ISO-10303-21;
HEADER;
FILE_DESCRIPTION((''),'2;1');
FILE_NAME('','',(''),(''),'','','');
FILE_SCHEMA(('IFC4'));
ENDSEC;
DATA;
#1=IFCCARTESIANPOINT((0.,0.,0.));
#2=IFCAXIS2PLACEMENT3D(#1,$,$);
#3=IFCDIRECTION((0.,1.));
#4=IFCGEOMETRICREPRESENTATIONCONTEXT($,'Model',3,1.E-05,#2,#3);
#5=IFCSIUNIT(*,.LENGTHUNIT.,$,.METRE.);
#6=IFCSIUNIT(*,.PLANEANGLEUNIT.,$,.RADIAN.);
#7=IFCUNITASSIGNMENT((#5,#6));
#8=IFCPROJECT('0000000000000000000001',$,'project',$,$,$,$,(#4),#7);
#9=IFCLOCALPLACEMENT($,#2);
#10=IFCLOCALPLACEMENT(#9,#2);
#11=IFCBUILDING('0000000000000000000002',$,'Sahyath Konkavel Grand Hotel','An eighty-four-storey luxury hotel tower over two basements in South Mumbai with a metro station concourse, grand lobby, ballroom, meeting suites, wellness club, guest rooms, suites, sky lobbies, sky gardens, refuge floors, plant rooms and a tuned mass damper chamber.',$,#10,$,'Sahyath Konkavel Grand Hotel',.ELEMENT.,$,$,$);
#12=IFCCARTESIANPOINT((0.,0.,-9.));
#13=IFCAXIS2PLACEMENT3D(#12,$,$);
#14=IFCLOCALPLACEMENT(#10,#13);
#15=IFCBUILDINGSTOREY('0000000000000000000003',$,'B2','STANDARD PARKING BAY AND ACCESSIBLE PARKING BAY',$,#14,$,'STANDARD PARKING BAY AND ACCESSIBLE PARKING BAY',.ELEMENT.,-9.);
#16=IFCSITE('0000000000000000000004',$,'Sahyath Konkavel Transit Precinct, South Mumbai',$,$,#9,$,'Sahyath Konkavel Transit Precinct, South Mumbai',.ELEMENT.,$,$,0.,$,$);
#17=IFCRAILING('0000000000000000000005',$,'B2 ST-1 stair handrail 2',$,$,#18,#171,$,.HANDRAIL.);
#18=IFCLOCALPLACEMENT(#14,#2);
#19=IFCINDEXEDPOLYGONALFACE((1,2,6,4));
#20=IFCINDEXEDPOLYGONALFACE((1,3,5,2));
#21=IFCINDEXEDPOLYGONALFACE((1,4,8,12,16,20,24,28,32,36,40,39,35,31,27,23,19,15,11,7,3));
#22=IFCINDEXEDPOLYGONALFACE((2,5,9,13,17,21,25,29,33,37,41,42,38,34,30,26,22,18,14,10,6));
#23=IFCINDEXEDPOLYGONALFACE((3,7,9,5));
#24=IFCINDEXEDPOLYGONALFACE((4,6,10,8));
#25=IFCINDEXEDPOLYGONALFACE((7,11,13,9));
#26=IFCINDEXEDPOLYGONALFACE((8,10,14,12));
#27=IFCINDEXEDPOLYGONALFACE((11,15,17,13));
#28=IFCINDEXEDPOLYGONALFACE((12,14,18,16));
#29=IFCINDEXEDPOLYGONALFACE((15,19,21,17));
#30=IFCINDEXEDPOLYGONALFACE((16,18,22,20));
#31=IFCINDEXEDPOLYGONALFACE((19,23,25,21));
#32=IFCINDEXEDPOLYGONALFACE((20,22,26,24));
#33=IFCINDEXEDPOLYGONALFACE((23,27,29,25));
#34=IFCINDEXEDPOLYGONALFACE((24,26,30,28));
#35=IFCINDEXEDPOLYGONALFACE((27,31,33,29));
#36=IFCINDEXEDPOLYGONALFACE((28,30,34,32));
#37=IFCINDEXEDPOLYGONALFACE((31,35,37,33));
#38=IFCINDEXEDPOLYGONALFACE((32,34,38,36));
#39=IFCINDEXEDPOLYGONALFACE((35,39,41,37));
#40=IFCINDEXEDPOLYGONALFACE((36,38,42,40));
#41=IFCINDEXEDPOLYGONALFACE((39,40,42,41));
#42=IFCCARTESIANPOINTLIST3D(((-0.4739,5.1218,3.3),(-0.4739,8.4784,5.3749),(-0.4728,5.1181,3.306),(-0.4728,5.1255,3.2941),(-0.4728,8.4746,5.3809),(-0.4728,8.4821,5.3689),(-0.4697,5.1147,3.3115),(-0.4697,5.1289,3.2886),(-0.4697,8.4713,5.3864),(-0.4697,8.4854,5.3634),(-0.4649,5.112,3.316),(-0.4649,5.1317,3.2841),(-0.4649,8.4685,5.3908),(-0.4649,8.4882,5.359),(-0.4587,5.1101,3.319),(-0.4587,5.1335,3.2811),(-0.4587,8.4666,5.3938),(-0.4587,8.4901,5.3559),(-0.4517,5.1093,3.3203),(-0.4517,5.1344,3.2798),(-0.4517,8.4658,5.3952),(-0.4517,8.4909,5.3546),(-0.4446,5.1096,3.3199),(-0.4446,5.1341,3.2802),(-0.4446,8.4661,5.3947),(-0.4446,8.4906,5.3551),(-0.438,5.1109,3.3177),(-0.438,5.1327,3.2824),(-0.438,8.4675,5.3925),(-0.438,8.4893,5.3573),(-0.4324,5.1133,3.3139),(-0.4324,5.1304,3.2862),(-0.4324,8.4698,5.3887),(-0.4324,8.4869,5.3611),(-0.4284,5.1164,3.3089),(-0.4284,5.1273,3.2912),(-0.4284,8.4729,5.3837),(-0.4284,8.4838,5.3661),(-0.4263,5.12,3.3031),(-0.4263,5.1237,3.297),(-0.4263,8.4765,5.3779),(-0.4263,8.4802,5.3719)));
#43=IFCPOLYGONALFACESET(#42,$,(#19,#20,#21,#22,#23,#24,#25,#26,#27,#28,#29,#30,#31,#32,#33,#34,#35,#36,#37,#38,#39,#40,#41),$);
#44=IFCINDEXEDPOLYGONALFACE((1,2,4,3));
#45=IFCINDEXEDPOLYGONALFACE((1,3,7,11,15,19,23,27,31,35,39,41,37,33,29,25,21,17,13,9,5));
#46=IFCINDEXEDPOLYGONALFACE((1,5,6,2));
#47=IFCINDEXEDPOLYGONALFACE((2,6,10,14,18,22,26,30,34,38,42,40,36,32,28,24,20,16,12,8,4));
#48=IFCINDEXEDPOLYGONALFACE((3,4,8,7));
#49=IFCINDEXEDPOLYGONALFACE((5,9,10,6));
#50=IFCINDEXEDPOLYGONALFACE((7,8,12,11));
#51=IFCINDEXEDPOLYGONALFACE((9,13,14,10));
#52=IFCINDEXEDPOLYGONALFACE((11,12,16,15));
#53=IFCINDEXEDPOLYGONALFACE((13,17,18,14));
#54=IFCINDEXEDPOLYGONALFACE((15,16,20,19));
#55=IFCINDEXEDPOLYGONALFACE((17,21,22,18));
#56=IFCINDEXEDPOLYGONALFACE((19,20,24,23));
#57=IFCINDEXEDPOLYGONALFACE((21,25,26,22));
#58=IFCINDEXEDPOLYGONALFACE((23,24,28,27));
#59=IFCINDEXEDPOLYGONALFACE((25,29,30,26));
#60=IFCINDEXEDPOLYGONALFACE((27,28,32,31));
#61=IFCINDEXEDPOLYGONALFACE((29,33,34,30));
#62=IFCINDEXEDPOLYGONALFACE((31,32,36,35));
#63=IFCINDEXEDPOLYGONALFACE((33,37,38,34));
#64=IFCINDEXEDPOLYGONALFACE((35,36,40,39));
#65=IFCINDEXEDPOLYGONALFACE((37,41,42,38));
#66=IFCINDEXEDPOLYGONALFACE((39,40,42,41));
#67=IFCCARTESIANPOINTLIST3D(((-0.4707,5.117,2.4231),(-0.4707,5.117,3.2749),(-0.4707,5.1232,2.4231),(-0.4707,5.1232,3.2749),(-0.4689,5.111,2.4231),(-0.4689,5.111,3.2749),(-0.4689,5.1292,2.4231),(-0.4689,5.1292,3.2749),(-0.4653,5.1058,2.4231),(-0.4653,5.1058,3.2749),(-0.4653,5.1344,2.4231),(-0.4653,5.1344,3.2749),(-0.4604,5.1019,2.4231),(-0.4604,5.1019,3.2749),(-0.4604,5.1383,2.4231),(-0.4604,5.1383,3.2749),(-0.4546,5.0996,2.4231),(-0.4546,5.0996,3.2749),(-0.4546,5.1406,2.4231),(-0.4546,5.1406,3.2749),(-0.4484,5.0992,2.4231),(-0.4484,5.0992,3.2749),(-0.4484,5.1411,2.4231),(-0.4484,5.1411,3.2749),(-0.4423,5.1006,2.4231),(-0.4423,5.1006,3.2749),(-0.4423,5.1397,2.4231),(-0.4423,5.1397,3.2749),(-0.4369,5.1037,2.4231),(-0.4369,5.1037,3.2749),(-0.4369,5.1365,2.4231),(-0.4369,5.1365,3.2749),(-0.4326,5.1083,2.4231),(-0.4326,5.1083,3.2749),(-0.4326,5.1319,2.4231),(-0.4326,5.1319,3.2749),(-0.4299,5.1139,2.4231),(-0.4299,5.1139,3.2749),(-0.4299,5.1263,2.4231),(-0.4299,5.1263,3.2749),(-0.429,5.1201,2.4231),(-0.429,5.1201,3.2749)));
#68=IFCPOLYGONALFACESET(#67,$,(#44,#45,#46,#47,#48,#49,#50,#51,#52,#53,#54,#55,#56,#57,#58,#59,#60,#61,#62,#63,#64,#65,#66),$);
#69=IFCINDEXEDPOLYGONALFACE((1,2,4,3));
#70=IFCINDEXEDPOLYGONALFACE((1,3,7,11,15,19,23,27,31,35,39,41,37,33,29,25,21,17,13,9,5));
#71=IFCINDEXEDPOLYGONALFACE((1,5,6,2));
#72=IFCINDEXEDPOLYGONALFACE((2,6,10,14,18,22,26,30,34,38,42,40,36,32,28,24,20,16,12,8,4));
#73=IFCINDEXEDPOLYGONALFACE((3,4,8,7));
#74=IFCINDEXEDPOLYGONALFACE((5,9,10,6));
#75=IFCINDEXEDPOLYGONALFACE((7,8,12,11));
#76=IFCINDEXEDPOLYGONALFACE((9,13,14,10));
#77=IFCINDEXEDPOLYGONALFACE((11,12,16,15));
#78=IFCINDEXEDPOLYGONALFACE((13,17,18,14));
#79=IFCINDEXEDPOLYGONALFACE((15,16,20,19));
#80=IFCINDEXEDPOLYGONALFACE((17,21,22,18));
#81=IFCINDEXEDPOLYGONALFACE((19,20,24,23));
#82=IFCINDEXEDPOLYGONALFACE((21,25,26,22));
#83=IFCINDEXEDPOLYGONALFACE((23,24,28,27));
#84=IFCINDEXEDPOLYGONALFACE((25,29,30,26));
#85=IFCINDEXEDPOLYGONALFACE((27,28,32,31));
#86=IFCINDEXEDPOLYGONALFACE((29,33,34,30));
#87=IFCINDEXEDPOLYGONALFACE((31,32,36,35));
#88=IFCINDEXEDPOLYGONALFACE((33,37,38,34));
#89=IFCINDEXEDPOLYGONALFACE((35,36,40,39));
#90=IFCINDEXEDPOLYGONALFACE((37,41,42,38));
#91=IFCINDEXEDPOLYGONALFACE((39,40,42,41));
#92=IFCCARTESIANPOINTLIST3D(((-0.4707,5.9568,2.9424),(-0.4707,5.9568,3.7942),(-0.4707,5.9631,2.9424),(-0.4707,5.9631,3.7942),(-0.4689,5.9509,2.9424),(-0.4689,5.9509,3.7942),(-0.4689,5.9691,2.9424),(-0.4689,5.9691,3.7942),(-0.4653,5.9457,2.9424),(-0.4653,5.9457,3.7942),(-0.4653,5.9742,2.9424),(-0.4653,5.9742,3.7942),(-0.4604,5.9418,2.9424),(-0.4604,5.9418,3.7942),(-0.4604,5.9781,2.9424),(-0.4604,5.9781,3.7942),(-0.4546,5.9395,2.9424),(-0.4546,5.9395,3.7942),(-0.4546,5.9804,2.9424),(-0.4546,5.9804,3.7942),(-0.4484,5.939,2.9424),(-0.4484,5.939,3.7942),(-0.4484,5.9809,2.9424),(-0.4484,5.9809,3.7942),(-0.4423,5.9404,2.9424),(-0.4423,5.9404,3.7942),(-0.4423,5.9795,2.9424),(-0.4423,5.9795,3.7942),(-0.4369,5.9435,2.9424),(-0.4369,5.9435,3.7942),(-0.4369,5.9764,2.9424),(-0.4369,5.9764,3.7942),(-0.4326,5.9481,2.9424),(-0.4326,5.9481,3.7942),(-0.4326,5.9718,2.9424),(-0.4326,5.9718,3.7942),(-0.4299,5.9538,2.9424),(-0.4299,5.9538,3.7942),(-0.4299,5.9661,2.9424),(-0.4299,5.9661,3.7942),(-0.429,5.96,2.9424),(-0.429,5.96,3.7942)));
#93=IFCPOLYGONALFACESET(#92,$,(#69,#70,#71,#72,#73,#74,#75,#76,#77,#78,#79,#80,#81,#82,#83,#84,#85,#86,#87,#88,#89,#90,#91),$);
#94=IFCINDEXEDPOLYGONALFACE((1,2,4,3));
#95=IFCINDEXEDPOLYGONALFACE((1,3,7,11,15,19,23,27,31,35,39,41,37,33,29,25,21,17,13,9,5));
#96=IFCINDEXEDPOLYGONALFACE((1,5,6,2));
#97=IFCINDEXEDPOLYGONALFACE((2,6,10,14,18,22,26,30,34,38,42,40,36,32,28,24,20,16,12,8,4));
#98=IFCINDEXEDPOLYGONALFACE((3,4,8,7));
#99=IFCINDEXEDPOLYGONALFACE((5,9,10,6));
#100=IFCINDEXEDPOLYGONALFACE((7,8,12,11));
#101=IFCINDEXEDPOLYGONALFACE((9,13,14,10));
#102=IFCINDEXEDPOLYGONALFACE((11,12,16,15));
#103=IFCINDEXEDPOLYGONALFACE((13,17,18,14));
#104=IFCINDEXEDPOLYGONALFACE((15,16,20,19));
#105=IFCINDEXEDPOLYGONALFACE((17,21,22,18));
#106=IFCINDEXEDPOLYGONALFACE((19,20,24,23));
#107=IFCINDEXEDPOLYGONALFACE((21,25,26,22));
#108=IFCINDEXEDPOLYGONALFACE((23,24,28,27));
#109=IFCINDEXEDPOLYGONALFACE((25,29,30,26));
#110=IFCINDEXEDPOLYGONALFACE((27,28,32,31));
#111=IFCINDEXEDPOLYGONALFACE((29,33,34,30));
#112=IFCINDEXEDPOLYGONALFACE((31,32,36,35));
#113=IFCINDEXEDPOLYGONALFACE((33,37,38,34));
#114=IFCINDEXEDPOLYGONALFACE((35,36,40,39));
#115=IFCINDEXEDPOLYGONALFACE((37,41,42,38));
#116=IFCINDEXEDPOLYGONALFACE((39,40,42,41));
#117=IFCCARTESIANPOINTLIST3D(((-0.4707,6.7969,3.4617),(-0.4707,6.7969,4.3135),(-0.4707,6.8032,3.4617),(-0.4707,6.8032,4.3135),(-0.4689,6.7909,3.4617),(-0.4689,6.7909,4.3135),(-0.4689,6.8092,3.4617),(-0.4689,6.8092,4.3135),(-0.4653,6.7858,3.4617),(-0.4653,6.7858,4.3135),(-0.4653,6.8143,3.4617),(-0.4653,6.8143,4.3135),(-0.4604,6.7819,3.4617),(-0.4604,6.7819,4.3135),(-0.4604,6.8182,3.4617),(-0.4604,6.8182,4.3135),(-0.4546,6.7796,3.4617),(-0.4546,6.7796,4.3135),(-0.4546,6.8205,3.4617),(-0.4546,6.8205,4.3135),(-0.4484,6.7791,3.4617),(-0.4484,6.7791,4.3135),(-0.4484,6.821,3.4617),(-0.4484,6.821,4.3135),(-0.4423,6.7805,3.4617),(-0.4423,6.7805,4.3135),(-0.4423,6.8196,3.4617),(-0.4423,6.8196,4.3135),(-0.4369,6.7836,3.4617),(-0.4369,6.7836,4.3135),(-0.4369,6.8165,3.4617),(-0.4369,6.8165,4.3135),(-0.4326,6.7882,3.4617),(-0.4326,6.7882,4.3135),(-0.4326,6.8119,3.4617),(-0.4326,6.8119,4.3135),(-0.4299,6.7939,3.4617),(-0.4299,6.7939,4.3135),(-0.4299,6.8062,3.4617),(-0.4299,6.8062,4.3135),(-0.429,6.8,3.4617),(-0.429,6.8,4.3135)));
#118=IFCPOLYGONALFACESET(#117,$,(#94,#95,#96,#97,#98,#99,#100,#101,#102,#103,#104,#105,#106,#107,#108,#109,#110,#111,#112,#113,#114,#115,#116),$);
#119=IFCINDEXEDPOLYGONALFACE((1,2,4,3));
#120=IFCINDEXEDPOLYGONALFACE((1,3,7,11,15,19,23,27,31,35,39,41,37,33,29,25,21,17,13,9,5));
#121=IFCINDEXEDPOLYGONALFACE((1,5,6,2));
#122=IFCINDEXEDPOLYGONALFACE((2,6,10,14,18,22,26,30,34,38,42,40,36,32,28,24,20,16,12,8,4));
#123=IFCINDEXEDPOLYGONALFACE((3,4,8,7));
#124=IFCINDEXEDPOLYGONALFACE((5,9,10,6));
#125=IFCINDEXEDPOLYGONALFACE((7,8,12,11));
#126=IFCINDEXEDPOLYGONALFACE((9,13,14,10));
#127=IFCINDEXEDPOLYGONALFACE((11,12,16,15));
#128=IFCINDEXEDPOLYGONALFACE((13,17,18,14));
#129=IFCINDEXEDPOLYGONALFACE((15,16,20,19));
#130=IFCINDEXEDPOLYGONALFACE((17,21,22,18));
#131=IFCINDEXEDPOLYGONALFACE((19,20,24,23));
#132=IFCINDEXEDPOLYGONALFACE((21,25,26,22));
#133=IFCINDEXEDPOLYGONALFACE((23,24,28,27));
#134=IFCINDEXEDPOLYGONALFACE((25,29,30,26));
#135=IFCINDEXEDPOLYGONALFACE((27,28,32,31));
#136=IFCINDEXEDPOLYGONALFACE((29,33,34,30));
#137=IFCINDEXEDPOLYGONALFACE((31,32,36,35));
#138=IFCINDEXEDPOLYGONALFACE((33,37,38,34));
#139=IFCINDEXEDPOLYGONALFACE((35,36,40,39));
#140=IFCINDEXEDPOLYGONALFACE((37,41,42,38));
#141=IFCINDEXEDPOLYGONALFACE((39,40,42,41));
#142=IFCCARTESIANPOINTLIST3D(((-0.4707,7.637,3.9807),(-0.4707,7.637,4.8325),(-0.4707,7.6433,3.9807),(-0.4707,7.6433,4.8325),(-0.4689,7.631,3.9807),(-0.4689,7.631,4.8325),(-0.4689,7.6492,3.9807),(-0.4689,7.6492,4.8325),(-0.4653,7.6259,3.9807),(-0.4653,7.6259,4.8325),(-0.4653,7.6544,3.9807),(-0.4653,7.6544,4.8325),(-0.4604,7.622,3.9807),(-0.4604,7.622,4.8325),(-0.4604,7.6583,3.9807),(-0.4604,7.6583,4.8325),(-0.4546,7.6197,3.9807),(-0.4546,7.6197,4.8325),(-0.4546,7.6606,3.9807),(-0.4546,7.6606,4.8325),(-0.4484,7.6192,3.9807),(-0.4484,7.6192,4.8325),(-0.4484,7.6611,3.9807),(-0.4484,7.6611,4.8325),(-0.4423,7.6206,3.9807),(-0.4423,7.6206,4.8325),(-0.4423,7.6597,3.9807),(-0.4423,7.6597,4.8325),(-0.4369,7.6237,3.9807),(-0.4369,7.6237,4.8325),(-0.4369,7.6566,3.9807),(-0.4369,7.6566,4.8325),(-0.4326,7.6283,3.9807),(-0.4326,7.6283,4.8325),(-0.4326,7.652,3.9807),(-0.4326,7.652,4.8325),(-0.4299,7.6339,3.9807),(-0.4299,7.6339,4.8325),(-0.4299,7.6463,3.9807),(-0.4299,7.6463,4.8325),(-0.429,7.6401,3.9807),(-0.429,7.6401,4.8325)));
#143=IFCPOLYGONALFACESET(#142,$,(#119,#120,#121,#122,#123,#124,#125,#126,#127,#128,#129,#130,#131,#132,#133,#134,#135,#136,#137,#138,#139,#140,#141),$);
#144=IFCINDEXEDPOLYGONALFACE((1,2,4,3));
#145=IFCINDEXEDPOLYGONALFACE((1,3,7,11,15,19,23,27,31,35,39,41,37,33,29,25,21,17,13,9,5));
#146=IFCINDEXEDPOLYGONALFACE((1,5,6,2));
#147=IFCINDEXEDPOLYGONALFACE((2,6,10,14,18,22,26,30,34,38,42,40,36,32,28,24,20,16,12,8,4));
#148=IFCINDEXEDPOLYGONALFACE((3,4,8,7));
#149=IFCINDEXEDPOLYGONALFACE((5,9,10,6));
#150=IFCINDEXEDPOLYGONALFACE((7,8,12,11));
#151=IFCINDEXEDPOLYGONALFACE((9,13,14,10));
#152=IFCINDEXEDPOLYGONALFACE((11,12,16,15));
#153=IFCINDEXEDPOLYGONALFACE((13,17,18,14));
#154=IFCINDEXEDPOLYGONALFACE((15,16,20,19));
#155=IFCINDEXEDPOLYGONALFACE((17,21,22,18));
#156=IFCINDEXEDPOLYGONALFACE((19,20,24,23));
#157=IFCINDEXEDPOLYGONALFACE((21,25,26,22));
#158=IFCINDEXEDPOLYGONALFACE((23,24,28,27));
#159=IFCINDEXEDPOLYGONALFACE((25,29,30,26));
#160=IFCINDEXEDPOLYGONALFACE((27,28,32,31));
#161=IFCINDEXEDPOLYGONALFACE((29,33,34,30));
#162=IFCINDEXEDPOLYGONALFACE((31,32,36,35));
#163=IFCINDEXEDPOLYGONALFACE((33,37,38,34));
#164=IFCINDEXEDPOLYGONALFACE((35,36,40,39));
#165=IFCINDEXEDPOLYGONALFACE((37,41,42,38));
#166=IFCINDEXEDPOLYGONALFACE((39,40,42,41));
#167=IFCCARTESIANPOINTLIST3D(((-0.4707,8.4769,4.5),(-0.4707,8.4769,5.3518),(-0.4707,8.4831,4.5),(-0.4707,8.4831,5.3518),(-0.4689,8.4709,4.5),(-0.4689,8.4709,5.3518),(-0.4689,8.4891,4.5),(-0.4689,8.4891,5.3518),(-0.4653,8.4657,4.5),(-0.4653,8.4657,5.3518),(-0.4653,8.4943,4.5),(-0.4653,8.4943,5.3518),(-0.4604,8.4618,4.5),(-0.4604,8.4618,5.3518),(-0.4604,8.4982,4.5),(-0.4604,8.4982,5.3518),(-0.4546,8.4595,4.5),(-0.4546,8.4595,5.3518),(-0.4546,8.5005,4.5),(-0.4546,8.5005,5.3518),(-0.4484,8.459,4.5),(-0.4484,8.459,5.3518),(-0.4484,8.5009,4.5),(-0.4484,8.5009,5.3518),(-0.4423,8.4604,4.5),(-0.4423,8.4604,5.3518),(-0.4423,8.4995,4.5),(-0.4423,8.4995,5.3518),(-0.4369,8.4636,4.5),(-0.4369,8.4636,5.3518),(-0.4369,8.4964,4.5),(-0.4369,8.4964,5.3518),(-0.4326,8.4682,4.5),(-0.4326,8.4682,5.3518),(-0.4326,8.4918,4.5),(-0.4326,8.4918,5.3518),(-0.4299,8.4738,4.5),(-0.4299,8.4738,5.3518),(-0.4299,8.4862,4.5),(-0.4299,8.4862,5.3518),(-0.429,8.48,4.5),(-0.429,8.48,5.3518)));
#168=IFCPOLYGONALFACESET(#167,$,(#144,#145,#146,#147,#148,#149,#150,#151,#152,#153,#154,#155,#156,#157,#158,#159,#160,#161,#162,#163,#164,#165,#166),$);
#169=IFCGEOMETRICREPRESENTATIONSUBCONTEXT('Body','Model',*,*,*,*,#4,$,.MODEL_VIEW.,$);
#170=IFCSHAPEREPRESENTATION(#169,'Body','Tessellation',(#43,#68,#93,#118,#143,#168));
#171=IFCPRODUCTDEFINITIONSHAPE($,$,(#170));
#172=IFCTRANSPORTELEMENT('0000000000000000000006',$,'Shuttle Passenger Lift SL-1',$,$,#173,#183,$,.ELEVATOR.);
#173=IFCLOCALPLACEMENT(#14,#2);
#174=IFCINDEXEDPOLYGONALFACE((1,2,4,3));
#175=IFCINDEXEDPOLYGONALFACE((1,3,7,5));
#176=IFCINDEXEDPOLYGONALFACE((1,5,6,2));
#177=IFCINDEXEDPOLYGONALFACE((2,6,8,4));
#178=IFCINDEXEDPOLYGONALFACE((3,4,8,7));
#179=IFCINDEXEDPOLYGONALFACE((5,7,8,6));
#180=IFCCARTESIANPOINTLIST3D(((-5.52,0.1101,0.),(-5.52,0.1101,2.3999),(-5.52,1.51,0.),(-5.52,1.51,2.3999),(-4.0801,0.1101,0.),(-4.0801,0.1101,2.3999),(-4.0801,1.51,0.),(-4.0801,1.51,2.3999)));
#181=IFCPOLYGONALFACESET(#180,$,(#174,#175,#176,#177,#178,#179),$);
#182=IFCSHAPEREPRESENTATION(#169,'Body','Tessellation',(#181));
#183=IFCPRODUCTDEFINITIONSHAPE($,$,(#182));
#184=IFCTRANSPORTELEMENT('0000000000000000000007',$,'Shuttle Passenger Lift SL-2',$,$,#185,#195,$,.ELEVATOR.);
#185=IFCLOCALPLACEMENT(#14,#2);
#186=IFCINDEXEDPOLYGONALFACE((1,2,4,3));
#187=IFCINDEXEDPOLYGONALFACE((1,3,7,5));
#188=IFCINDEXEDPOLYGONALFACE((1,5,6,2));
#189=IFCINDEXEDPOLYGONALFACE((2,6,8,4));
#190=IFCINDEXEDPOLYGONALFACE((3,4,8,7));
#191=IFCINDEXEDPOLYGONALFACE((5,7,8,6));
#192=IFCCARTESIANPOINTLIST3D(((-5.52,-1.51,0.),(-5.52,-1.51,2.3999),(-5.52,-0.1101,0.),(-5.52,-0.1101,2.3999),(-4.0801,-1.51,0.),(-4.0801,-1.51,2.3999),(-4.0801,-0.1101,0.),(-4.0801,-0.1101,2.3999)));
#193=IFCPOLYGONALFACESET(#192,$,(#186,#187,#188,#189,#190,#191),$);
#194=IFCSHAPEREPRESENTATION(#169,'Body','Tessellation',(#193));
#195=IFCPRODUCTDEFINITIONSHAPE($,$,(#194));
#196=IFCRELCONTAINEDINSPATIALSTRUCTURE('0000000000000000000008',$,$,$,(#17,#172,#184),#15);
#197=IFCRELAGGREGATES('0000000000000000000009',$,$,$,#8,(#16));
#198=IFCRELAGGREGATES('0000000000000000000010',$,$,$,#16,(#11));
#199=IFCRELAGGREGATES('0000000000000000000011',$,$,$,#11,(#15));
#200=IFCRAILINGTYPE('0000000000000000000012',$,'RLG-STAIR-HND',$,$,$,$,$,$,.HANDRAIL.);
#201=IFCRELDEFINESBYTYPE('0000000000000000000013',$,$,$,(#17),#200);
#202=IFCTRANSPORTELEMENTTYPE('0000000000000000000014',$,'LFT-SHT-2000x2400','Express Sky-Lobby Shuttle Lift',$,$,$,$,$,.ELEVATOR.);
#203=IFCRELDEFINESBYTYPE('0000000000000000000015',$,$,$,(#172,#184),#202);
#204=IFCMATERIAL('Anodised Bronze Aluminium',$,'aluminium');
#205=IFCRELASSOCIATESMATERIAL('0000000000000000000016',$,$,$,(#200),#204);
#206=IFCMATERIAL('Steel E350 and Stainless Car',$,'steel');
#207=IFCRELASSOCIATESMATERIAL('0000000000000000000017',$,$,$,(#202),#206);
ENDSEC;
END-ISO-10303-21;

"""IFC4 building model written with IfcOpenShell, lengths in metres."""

from ifc_helpers import new_model, si_unit, direction, frame, origin, origin_2d, place, context, subcontext, project, spatial, rectangle, circle, extrude, source, transform, mapped, material, type_object, element, save


model = new_model("IFC4")

# Units and contexts
model_context = context("Model", 3, precision=1e-05, world=origin(), true_north=direction((0.0, 1.0)))
body_context = subcontext(model_context, "Body", "Model", "MODEL_VIEW")
ifc_project = project(units=[si_unit("LENGTHUNIT", "METRE"), si_unit("PLANEANGLEUNIT", "RADIAN")], contexts=[model_context])

# Site, building, storey
site_placement = place(None, origin())
site = spatial("IfcSite", under=ifc_project, at=site_placement, Name="Sahyath Konkavel Transit Precinct, South Mumbai", LongName="Sahyath Konkavel Transit Precinct, South Mumbai", CompositionType="ELEMENT", RefElevation=0.0)
building_placement = place(site_placement, origin())
building = spatial("IfcBuilding", under=site, at=building_placement, Name="Sahyath Konkavel Grand Hotel", Description="An eighty-four-storey luxury hotel tower over two basements in South Mumbai with a metro station concourse, grand lobby, ballroom, meeting suites, wellness club, guest rooms, suites, sky lobbies, sky gardens, refuge floors, plant rooms and a tuned mass damper chamber.", LongName="Sahyath Konkavel Grand Hotel", CompositionType="ELEMENT")
storey_placement = place(building_placement, frame((0.0, 0.0, -9.0)))
storey = spatial("IfcBuildingStorey", under=building, at=storey_placement, Name="B2", Description="STANDARD PARKING BAY AND ACCESSIBLE PARKING BAY", LongName="STANDARD PARKING BAY AND ACCESSIBLE PARKING BAY", CompositionType="ELEMENT", Elevation=-9.0)

# Railing
ifc_material_1 = material(Name="Anodised Bronze Aluminium", Category="aluminium")
railing_type_1 = type_object("IfcRailingType", Name="RLG-STAIR-HND", PredefinedType="HANDRAIL", material=ifc_material_1)
railing_1_placement = place(storey_placement, frame((-0.45, 5.1201, 2.4231)))
element("IfcRailing", 1, at=railing_1_placement, inside=storey, type_object=railing_type_1, Name="B2 ST-1 stair handrail 2", PredefinedType="HANDRAIL", context=body_context, shape_type="SweptSolid", body=[
    extrude(circle(Radius=0.0239, at=origin_2d()), frame((0.0, 0.0017, 0.877), z_axis=(0.0, 0.850606, 0.525803), x_axis=(-1.0, 0.0, 0.0)), (0.0, 0.0, 1.0), 3.946),
    extrude(circle(Radius=0.021, at=origin_2d()), origin(), (0.0, 0.0, 1.0), 0.8518),
    extrude(circle(Radius=0.021, at=origin_2d()), frame((0.0, 0.8398, 0.5193)), (0.0, 0.0, 1.0), 0.8518),
    extrude(circle(Radius=0.021, at=origin_2d()), frame((0.0, 1.6799, 1.0386)), (0.0, 0.0, 1.0), 0.8518),
    extrude(circle(Radius=0.021, at=origin_2d()), frame((0.0, 2.52, 1.5576)), (0.0, 0.0, 1.0), 0.8518),
    extrude(circle(Radius=0.021, at=origin_2d()), frame((0.0, 3.3599, 2.0769)), (0.0, 0.0, 1.0), 0.8518),
])

# Transport elements
ifc_material_2 = material(Name="Steel E350 and Stainless Car", Category="steel")
transport_element_type = type_object("IfcTransportElementType", Name="LFT-SHT-2000x2400", Description="Express Sky-Lobby Shuttle Lift", PredefinedType="ELEVATOR", material=ifc_material_2)
shared_shape_1 = source(origin(), body_context, "Body", "SweptSolid", [
    extrude(rectangle(XDim=1.4399, YDim=1.3999, at=origin_2d()), origin(), (0.0, 0.0, 1.0), 2.3999),
])
for number, where, z_axis, x_axis, name in (
    (2, (-4.8, 0.8101, 0.0), (0.0, 0.0, 1.0), (1.0, 0.0, 0.0), "Shuttle Passenger Lift SL-1"),
    (3, (-4.8, -0.8101, 0.0), (0.0, 0.0, 1.0), (1.0, 0.0, 0.0), "Shuttle Passenger Lift SL-2"),
):
    element("IfcTransportElement", number, at=place(storey_placement, frame(where, z_axis=z_axis, x_axis=x_axis)), inside=storey, type_object=transport_element_type, Name=name, PredefinedType="ELEVATOR", context=body_context, shape_type="MappedRepresentation", body=[
        mapped(shared_shape_1, transform((0.0, 0.0, 0.0), scale=1.0)),
    ])

save(model, "model.ifc")
